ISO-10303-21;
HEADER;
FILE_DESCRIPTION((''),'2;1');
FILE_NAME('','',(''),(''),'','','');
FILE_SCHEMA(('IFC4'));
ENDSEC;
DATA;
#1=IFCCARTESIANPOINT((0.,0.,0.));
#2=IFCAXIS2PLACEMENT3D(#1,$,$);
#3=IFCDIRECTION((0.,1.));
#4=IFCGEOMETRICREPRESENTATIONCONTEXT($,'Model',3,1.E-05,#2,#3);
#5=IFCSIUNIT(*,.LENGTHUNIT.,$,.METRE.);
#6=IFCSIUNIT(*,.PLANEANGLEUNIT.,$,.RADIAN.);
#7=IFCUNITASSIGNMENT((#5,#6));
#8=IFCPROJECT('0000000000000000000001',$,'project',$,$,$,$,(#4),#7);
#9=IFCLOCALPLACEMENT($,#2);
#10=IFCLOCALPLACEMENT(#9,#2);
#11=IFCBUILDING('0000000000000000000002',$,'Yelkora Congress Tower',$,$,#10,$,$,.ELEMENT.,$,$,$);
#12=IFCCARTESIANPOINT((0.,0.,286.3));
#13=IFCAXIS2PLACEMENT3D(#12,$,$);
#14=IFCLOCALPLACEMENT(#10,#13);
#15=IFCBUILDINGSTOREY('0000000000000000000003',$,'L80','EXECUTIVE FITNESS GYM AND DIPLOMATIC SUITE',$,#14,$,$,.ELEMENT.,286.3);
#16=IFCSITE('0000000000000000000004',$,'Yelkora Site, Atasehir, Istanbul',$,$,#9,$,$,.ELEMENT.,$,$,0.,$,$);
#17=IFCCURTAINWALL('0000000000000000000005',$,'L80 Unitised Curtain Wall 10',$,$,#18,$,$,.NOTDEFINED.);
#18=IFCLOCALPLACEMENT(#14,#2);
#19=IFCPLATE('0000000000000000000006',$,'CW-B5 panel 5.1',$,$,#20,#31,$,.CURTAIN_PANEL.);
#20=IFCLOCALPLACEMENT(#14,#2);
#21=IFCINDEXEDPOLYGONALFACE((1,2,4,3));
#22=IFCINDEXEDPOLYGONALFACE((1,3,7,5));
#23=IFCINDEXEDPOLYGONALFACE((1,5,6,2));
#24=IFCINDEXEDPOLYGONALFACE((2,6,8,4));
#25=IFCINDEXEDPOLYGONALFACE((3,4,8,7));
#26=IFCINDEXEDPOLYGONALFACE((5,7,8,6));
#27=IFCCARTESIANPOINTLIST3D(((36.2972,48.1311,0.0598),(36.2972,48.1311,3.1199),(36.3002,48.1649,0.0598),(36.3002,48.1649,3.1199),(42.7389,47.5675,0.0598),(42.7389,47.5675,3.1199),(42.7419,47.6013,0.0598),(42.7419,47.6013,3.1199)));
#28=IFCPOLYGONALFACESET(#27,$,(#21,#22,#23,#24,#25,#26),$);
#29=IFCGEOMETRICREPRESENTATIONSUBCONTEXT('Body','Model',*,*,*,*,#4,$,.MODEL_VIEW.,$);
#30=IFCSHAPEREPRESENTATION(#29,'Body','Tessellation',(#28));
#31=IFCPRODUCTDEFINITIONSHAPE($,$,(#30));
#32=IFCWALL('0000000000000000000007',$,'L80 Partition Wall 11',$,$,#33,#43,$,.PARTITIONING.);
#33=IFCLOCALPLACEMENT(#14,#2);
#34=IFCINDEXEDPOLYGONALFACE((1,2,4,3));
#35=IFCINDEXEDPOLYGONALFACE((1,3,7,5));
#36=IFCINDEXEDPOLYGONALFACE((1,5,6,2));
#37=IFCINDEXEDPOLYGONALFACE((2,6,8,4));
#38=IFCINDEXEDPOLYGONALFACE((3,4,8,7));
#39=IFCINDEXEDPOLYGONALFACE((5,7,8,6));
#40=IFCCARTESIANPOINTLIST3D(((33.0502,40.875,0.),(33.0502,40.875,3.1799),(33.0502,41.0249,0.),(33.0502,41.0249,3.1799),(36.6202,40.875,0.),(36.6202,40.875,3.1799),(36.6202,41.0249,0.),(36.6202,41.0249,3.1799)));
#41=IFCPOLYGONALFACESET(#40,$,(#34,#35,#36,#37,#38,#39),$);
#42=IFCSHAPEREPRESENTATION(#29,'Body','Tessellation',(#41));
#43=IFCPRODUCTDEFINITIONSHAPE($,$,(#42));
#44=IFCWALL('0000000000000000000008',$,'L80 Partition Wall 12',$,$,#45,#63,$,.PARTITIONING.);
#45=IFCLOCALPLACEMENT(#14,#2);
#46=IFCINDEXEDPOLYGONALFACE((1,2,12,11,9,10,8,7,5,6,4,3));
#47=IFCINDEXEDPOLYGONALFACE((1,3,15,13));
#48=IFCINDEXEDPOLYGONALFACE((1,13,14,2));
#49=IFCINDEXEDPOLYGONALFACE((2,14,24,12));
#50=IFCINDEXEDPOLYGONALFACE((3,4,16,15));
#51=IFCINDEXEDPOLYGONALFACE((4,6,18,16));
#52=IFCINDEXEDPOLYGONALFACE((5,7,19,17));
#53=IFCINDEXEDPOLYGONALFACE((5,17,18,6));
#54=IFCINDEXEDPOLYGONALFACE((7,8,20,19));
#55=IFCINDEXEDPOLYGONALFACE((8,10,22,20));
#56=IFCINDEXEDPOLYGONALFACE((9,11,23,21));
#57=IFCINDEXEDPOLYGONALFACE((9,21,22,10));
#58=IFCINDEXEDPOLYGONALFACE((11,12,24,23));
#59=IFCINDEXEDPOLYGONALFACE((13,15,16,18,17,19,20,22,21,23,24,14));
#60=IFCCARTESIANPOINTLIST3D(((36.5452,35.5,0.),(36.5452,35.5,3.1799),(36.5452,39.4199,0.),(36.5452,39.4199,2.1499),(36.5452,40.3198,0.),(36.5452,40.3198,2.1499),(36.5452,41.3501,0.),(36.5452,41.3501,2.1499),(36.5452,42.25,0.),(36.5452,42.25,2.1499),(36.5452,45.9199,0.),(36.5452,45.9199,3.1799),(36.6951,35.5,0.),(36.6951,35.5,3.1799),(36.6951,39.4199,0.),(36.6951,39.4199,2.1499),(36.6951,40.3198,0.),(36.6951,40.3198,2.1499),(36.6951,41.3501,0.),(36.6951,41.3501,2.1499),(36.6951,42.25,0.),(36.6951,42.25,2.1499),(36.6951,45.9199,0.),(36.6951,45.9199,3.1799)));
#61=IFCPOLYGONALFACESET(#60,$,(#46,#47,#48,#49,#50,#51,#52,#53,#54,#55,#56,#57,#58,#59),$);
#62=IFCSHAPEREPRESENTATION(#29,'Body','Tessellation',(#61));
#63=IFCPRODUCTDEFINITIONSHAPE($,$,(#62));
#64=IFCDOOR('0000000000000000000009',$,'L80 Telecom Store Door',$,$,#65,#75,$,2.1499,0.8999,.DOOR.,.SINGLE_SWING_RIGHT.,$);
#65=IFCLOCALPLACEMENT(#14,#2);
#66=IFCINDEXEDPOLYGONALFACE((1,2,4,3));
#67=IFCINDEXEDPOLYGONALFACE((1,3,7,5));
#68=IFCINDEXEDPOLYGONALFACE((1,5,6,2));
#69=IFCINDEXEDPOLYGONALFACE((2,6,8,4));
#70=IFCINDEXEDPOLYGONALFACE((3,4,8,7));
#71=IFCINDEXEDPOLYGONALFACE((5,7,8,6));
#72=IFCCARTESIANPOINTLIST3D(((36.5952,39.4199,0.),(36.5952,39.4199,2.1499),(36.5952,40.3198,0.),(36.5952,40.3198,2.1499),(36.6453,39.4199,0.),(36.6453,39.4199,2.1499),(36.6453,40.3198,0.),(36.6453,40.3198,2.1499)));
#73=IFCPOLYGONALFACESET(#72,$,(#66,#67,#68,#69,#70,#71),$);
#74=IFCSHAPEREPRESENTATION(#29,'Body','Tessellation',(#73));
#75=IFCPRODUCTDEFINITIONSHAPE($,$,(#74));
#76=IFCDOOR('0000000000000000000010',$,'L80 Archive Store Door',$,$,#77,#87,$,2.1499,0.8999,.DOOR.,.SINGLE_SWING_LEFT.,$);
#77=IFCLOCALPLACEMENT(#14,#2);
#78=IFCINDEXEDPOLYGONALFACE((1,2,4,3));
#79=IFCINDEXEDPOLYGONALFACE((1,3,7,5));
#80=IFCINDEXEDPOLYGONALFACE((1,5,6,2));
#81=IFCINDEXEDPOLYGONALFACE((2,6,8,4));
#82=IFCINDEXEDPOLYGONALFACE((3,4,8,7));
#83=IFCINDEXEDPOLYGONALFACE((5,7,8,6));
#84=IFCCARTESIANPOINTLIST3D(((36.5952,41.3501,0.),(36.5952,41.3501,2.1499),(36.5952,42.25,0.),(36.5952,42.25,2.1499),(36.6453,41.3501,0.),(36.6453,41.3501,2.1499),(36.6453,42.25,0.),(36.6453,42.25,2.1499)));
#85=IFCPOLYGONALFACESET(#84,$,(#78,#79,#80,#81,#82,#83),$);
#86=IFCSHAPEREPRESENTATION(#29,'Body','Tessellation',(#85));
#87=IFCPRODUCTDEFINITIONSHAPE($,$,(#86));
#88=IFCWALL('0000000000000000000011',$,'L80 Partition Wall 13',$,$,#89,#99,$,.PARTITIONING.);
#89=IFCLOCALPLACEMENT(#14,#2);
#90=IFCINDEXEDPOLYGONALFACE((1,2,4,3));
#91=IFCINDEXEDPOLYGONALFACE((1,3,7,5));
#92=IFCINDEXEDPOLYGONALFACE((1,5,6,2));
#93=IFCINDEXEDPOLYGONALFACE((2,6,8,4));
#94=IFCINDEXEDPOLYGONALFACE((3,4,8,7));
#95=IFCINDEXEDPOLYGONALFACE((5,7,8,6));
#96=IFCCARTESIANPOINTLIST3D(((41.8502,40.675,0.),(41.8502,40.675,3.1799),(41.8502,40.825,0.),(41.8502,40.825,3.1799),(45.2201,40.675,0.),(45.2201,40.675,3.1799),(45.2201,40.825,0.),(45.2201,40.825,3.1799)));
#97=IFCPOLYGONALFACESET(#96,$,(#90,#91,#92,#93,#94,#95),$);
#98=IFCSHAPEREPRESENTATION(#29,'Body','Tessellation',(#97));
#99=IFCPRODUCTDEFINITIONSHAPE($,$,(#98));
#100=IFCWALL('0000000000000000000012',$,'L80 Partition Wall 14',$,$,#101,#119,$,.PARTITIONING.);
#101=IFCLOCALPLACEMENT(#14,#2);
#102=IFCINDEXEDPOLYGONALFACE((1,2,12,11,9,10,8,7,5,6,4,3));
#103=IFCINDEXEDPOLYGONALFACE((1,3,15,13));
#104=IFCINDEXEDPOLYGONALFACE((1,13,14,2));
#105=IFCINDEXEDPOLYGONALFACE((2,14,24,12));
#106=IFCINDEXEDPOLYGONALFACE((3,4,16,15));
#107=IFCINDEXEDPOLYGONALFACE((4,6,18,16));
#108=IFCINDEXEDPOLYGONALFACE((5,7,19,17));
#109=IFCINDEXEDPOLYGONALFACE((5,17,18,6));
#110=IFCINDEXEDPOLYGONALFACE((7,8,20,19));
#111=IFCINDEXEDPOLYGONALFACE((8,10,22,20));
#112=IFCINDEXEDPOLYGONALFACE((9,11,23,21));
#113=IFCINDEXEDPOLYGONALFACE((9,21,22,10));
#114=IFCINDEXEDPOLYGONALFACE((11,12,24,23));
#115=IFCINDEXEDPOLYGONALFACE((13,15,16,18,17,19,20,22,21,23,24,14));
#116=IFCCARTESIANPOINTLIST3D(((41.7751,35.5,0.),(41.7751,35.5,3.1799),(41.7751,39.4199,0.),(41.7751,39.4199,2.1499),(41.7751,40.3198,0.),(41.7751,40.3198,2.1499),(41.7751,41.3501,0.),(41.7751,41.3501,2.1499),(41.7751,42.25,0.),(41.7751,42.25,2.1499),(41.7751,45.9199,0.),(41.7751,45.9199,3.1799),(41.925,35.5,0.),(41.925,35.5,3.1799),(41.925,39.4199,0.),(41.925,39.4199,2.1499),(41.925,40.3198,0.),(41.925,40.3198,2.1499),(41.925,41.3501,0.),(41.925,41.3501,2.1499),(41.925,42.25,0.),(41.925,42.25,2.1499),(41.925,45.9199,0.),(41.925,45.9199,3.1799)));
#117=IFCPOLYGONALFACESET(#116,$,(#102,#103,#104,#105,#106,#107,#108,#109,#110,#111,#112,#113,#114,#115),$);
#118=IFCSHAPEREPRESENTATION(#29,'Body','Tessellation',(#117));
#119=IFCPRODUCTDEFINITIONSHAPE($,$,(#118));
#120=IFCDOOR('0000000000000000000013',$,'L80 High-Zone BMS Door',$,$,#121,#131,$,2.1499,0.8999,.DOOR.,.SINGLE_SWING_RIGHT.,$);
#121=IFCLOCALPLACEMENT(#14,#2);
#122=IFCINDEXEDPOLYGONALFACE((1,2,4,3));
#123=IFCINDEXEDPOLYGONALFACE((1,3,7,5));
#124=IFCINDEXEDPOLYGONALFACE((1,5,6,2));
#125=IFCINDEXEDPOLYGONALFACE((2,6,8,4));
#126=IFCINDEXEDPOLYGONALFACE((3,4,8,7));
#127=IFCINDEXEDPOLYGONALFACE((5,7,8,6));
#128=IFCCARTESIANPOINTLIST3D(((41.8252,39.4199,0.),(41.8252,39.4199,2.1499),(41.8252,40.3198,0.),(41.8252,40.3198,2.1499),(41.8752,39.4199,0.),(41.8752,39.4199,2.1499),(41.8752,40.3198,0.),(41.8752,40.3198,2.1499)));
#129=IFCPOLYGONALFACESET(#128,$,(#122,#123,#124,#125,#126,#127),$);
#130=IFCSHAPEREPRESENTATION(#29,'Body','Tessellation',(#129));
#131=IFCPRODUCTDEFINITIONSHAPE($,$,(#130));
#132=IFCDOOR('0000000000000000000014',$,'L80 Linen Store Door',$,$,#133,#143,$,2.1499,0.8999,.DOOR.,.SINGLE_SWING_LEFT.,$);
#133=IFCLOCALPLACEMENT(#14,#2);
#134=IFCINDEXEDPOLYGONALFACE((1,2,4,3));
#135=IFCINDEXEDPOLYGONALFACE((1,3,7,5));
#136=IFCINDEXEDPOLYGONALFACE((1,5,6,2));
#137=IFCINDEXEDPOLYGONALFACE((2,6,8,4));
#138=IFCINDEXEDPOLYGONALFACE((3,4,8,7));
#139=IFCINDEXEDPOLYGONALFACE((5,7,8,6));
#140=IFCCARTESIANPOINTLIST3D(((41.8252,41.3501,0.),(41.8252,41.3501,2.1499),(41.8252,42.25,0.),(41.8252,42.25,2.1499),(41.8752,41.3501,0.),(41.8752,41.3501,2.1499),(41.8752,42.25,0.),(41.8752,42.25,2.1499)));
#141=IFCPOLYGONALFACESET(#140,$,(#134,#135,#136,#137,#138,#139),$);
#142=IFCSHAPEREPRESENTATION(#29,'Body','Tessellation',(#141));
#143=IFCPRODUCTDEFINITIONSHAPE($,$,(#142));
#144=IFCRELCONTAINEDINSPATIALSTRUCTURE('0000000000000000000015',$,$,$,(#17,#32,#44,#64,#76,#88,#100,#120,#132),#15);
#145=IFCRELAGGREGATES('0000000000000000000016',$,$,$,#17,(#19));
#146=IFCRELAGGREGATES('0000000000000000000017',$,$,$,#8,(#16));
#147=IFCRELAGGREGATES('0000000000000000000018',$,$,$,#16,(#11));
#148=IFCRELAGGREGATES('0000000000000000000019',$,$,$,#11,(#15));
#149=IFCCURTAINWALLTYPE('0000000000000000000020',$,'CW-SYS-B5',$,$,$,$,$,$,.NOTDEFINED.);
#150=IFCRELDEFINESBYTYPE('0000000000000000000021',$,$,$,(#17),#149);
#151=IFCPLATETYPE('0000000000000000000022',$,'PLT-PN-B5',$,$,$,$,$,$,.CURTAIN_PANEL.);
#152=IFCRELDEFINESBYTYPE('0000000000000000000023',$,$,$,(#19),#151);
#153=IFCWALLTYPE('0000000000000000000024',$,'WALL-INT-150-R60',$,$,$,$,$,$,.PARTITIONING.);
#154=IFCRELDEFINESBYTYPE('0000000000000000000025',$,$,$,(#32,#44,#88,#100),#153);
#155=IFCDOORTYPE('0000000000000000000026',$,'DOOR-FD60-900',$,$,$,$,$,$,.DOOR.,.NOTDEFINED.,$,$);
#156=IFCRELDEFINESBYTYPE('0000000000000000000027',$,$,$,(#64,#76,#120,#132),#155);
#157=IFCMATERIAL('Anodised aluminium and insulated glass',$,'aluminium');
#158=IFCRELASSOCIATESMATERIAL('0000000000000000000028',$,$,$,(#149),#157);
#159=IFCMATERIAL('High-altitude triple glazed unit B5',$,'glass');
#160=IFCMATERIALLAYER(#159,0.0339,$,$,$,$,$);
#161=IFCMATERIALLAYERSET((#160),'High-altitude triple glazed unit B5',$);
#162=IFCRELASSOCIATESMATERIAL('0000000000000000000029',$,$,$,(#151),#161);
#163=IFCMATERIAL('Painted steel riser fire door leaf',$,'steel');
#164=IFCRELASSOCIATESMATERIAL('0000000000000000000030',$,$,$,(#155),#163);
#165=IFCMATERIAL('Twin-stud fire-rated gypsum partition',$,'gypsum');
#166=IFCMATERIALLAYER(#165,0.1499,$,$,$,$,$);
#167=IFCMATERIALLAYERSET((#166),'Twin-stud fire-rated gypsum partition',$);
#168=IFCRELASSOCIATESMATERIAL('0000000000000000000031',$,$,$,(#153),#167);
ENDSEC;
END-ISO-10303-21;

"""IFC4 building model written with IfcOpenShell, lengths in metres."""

from ifc_helpers import new_model, si_unit, direction, frame, frame_2d, origin, origin_2d, place, context, subcontext, project, spatial, rectangle, extrude, material, layer, layer_set, type_object, element, fill, aggregate, save


model = new_model("IFC4")

# Units and contexts
model_context = context("Model", 3, precision=1e-05, world=origin(), true_north=direction((0.0, 1.0)))
body_context = subcontext(model_context, "Body", "Model", "MODEL_VIEW")
ifc_project = project(units=[si_unit("LENGTHUNIT", "METRE"), si_unit("PLANEANGLEUNIT", "RADIAN")], contexts=[model_context])

# Site, building, storey
site_placement = place(None, origin())
site = spatial("IfcSite", under=ifc_project, at=site_placement, Name="Yelkora Site, Atasehir, Istanbul", CompositionType="ELEMENT", RefElevation=0.0)
building_placement = place(site_placement, origin())
building = spatial("IfcBuilding", under=site, at=building_placement, Name="Yelkora Congress Tower", CompositionType="ELEMENT")
storey_placement = place(building_placement, frame((0.0, 0.0, 286.3)))
storey = spatial("IfcBuildingStorey", under=building, at=storey_placement, Name="L80", Description="EXECUTIVE FITNESS GYM AND DIPLOMATIC SUITE", CompositionType="ELEMENT", Elevation=286.3)

# Curtain wall, plate
ifc_material_1 = material(Name="Anodised aluminium and insulated glass", Category="aluminium")
curtain_wall_type = type_object("IfcCurtainWallType", Name="CW-SYS-B5", PredefinedType="NOTDEFINED", material=ifc_material_1)
curtain_wall_placement = place(storey_placement, origin())
curtain_wall = element("IfcCurtainWall", 1, at=curtain_wall_placement, inside=storey, type_object=curtain_wall_type, Name="L80 Unitised Curtain Wall 10", PredefinedType="NOTDEFINED")
ifc_material_2 = material(Name="High-altitude triple glazed unit B5", Category="glass")
ifc_layer_1 = layer(ifc_material_2, 0.0339)
ifc_layer_set_1 = layer_set([ifc_layer_1], Name="High-altitude triple glazed unit B5")
plate_type = type_object("IfcPlateType", Name="PLT-PN-B5", PredefinedType="CURTAIN_PANEL", material=ifc_layer_set_1)
plate_1_placement = place(storey_placement, frame((39.5195, 47.8662, 0.0598), z_axis=(0.0, 0.0, 1.0), x_axis=(0.996195, -0.087157, 0.0)))
plate_1 = element("IfcPlate", 2, at=plate_1_placement, type_object=plate_type, Name="CW-B5 panel 5.1", PredefinedType="CURTAIN_PANEL", context=body_context, shape_type="SweptSolid", body=[
    extrude(rectangle(XDim=6.4663, YDim=0.0339, at=origin_2d()), origin(), (0.0, 0.0, 1.0), 3.0601),
])
aggregate(curtain_wall, [plate_1])

# Shared definitions
ifc_material_3 = material(Name="Painted steel riser fire door leaf", Category="steel")
door_type_1 = type_object("IfcDoorType", Name="DOOR-FD60-900", OperationType="NOTDEFINED", PredefinedType="DOOR", material=ifc_material_3)

# Wall
ifc_material_4 = material(Name="Twin-stud fire-rated gypsum partition", Category="gypsum")
ifc_layer_2 = layer(ifc_material_4, 0.1499)
ifc_layer_set_2 = layer_set([ifc_layer_2], Name="Twin-stud fire-rated gypsum partition")
wall_type_1 = type_object("IfcWallType", Name="WALL-INT-150-R60", PredefinedType="PARTITIONING", material=ifc_layer_set_2)
wall_1_placement = place(storey_placement, frame((33.05, 40.95, 0.0), z_axis=(0.0, 0.0, 1.0), x_axis=(1.0, 0.0, 0.0)))
element("IfcWall", 3, at=wall_1_placement, inside=storey, type_object=wall_type_1, Name="L80 Partition Wall 11", PredefinedType="PARTITIONING", context=body_context, shape_type="SweptSolid", body=[
    extrude(rectangle(XDim=3.5701, YDim=0.1499, at=frame_2d((1.7852, 0.0))), origin(), (0.0, 0.0, 1.0), 3.1799),
])

# Wall, openings, doors
wall_2_placement = place(storey_placement, frame((36.6201, 35.5, 0.0), z_axis=(0.0, 0.0, 1.0), x_axis=(0.0, 1.0, 0.0)))
wall_2 = element("IfcWall", 4, at=wall_2_placement, inside=storey, type_object=wall_type_1, Name="L80 Partition Wall 12", PredefinedType="PARTITIONING", context=body_context, shape_type="SweptSolid", body=[
    extrude(rectangle(XDim=10.4199, YDim=0.1499, at=frame_2d((5.21, 0.0))), origin(), (0.0, 0.0, 1.0), 3.1799),
])
opening_1_placement = place(wall_2_placement, frame((3.9199, 0.0, 0.0)))
opening_1 = element("IfcOpeningElement", 5, at=opening_1_placement, cuts=wall_2, PredefinedType="OPENING", context=body_context, shape_type="SweptSolid", body=[
    extrude(rectangle(XDim=0.8999, YDim=2.1499, at=frame_2d((0.45, 1.075))), frame((0.0, 0.085, 0.0), z_axis=(0.0, -1.0, 0.0), x_axis=(1.0, 0.0, 0.0)), (0.0, 0.0, 1.0), 0.1699),
])
opening_2_placement = place(wall_2_placement, frame((5.8501, 0.0, 0.0)))
opening_2 = element("IfcOpeningElement", 6, at=opening_2_placement, cuts=wall_2, PredefinedType="OPENING", context=body_context, shape_type="SweptSolid", body=[
    extrude(rectangle(XDim=0.8999, YDim=2.1499, at=frame_2d((0.45, 1.075))), frame((0.0, 0.085, 0.0), z_axis=(0.0, -1.0, 0.0), x_axis=(1.0, 0.0, 0.0)), (0.0, 0.0, 1.0), 0.1699),
])
door_1_placement = place(opening_1_placement, origin())
door_1 = element("IfcDoor", 7, at=door_1_placement, inside=storey, type_object=door_type_1, Name="L80 Telecom Store Door", OperationType="SINGLE_SWING_RIGHT", OverallHeight=2.1499, OverallWidth=0.8999, PredefinedType="DOOR", context=body_context, shape_type="SweptSolid", body=[
    extrude(rectangle(XDim=0.8999, YDim=2.1499, at=frame_2d((0.45, 1.075))), frame((0.0, 0.0249, 0.0), z_axis=(0.0, -1.0, 0.0), x_axis=(1.0, 0.0, 0.0)), (0.0, 0.0, 1.0), 0.05),
])
fill(opening_1, door_1)
door_2_placement = place(opening_2_placement, origin())
door_2 = element("IfcDoor", 8, at=door_2_placement, inside=storey, type_object=door_type_1, Name="L80 Archive Store Door", OperationType="SINGLE_SWING_LEFT", OverallHeight=2.1499, OverallWidth=0.8999, PredefinedType="DOOR", context=body_context, shape_type="SweptSolid", body=[
    extrude(rectangle(XDim=0.8999, YDim=2.1499, at=frame_2d((0.45, 1.075))), frame((0.0, 0.0249, 0.0), z_axis=(0.0, -1.0, 0.0), x_axis=(1.0, 0.0, 0.0)), (0.0, 0.0, 1.0), 0.05),
])
fill(opening_2, door_2)

# Wall
wall_3_placement = place(storey_placement, frame((41.8501, 40.75, 0.0), z_axis=(0.0, 0.0, 1.0), x_axis=(1.0, 0.0, 0.0)))
element("IfcWall", 9, at=wall_3_placement, inside=storey, type_object=wall_type_1, Name="L80 Partition Wall 13", PredefinedType="PARTITIONING", context=body_context, shape_type="SweptSolid", body=[
    extrude(rectangle(XDim=3.3699, YDim=0.1499, at=frame_2d((1.6851, 0.0))), origin(), (0.0, 0.0, 1.0), 3.1799),
])

# Wall, openings, doors
wall_4_placement = place(storey_placement, frame((41.8501, 35.5, 0.0), z_axis=(0.0, 0.0, 1.0), x_axis=(0.0, 1.0, 0.0)))
wall_4 = element("IfcWall", 10, at=wall_4_placement, inside=storey, type_object=wall_type_1, Name="L80 Partition Wall 14", PredefinedType="PARTITIONING", context=body_context, shape_type="SweptSolid", body=[
    extrude(rectangle(XDim=10.4199, YDim=0.1499, at=frame_2d((5.21, 0.0))), origin(), (0.0, 0.0, 1.0), 3.1799),
])
opening_3_placement = place(wall_4_placement, frame((3.9199, 0.0, 0.0)))
opening_3 = element("IfcOpeningElement", 11, at=opening_3_placement, cuts=wall_4, PredefinedType="OPENING", context=body_context, shape_type="SweptSolid", body=[
    extrude(rectangle(XDim=0.8999, YDim=2.1499, at=frame_2d((0.45, 1.075))), frame((0.0, 0.085, 0.0), z_axis=(0.0, -1.0, 0.0), x_axis=(1.0, 0.0, 0.0)), (0.0, 0.0, 1.0), 0.1699),
])
opening_4_placement = place(wall_4_placement, frame((5.8501, 0.0, 0.0)))
opening_4 = element("IfcOpeningElement", 12, at=opening_4_placement, cuts=wall_4, PredefinedType="OPENING", context=body_context, shape_type="SweptSolid", body=[
    extrude(rectangle(XDim=0.8999, YDim=2.1499, at=frame_2d((0.45, 1.075))), frame((0.0, 0.085, 0.0), z_axis=(0.0, -1.0, 0.0), x_axis=(1.0, 0.0, 0.0)), (0.0, 0.0, 1.0), 0.1699),
])
door_3_placement = place(opening_3_placement, origin())
door_3 = element("IfcDoor", 13, at=door_3_placement, inside=storey, type_object=door_type_1, Name="L80 High-Zone BMS Door", OperationType="SINGLE_SWING_RIGHT", OverallHeight=2.1499, OverallWidth=0.8999, PredefinedType="DOOR", context=body_context, shape_type="SweptSolid", body=[
    extrude(rectangle(XDim=0.8999, YDim=2.1499, at=frame_2d((0.45, 1.075))), frame((0.0, 0.0249, 0.0), z_axis=(0.0, -1.0, 0.0), x_axis=(1.0, 0.0, 0.0)), (0.0, 0.0, 1.0), 0.05),
])
fill(opening_3, door_3)
door_4_placement = place(opening_4_placement, origin())
door_4 = element("IfcDoor", 14, at=door_4_placement, inside=storey, type_object=door_type_1, Name="L80 Linen Store Door", OperationType="SINGLE_SWING_LEFT", OverallHeight=2.1499, OverallWidth=0.8999, PredefinedType="DOOR", context=body_context, shape_type="SweptSolid", body=[
    extrude(rectangle(XDim=0.8999, YDim=2.1499, at=frame_2d((0.45, 1.075))), frame((0.0, 0.0249, 0.0), z_axis=(0.0, -1.0, 0.0), x_axis=(1.0, 0.0, 0.0)), (0.0, 0.0, 1.0), 0.05),
])
fill(opening_4, door_4)

save(model, "model.ifc")
